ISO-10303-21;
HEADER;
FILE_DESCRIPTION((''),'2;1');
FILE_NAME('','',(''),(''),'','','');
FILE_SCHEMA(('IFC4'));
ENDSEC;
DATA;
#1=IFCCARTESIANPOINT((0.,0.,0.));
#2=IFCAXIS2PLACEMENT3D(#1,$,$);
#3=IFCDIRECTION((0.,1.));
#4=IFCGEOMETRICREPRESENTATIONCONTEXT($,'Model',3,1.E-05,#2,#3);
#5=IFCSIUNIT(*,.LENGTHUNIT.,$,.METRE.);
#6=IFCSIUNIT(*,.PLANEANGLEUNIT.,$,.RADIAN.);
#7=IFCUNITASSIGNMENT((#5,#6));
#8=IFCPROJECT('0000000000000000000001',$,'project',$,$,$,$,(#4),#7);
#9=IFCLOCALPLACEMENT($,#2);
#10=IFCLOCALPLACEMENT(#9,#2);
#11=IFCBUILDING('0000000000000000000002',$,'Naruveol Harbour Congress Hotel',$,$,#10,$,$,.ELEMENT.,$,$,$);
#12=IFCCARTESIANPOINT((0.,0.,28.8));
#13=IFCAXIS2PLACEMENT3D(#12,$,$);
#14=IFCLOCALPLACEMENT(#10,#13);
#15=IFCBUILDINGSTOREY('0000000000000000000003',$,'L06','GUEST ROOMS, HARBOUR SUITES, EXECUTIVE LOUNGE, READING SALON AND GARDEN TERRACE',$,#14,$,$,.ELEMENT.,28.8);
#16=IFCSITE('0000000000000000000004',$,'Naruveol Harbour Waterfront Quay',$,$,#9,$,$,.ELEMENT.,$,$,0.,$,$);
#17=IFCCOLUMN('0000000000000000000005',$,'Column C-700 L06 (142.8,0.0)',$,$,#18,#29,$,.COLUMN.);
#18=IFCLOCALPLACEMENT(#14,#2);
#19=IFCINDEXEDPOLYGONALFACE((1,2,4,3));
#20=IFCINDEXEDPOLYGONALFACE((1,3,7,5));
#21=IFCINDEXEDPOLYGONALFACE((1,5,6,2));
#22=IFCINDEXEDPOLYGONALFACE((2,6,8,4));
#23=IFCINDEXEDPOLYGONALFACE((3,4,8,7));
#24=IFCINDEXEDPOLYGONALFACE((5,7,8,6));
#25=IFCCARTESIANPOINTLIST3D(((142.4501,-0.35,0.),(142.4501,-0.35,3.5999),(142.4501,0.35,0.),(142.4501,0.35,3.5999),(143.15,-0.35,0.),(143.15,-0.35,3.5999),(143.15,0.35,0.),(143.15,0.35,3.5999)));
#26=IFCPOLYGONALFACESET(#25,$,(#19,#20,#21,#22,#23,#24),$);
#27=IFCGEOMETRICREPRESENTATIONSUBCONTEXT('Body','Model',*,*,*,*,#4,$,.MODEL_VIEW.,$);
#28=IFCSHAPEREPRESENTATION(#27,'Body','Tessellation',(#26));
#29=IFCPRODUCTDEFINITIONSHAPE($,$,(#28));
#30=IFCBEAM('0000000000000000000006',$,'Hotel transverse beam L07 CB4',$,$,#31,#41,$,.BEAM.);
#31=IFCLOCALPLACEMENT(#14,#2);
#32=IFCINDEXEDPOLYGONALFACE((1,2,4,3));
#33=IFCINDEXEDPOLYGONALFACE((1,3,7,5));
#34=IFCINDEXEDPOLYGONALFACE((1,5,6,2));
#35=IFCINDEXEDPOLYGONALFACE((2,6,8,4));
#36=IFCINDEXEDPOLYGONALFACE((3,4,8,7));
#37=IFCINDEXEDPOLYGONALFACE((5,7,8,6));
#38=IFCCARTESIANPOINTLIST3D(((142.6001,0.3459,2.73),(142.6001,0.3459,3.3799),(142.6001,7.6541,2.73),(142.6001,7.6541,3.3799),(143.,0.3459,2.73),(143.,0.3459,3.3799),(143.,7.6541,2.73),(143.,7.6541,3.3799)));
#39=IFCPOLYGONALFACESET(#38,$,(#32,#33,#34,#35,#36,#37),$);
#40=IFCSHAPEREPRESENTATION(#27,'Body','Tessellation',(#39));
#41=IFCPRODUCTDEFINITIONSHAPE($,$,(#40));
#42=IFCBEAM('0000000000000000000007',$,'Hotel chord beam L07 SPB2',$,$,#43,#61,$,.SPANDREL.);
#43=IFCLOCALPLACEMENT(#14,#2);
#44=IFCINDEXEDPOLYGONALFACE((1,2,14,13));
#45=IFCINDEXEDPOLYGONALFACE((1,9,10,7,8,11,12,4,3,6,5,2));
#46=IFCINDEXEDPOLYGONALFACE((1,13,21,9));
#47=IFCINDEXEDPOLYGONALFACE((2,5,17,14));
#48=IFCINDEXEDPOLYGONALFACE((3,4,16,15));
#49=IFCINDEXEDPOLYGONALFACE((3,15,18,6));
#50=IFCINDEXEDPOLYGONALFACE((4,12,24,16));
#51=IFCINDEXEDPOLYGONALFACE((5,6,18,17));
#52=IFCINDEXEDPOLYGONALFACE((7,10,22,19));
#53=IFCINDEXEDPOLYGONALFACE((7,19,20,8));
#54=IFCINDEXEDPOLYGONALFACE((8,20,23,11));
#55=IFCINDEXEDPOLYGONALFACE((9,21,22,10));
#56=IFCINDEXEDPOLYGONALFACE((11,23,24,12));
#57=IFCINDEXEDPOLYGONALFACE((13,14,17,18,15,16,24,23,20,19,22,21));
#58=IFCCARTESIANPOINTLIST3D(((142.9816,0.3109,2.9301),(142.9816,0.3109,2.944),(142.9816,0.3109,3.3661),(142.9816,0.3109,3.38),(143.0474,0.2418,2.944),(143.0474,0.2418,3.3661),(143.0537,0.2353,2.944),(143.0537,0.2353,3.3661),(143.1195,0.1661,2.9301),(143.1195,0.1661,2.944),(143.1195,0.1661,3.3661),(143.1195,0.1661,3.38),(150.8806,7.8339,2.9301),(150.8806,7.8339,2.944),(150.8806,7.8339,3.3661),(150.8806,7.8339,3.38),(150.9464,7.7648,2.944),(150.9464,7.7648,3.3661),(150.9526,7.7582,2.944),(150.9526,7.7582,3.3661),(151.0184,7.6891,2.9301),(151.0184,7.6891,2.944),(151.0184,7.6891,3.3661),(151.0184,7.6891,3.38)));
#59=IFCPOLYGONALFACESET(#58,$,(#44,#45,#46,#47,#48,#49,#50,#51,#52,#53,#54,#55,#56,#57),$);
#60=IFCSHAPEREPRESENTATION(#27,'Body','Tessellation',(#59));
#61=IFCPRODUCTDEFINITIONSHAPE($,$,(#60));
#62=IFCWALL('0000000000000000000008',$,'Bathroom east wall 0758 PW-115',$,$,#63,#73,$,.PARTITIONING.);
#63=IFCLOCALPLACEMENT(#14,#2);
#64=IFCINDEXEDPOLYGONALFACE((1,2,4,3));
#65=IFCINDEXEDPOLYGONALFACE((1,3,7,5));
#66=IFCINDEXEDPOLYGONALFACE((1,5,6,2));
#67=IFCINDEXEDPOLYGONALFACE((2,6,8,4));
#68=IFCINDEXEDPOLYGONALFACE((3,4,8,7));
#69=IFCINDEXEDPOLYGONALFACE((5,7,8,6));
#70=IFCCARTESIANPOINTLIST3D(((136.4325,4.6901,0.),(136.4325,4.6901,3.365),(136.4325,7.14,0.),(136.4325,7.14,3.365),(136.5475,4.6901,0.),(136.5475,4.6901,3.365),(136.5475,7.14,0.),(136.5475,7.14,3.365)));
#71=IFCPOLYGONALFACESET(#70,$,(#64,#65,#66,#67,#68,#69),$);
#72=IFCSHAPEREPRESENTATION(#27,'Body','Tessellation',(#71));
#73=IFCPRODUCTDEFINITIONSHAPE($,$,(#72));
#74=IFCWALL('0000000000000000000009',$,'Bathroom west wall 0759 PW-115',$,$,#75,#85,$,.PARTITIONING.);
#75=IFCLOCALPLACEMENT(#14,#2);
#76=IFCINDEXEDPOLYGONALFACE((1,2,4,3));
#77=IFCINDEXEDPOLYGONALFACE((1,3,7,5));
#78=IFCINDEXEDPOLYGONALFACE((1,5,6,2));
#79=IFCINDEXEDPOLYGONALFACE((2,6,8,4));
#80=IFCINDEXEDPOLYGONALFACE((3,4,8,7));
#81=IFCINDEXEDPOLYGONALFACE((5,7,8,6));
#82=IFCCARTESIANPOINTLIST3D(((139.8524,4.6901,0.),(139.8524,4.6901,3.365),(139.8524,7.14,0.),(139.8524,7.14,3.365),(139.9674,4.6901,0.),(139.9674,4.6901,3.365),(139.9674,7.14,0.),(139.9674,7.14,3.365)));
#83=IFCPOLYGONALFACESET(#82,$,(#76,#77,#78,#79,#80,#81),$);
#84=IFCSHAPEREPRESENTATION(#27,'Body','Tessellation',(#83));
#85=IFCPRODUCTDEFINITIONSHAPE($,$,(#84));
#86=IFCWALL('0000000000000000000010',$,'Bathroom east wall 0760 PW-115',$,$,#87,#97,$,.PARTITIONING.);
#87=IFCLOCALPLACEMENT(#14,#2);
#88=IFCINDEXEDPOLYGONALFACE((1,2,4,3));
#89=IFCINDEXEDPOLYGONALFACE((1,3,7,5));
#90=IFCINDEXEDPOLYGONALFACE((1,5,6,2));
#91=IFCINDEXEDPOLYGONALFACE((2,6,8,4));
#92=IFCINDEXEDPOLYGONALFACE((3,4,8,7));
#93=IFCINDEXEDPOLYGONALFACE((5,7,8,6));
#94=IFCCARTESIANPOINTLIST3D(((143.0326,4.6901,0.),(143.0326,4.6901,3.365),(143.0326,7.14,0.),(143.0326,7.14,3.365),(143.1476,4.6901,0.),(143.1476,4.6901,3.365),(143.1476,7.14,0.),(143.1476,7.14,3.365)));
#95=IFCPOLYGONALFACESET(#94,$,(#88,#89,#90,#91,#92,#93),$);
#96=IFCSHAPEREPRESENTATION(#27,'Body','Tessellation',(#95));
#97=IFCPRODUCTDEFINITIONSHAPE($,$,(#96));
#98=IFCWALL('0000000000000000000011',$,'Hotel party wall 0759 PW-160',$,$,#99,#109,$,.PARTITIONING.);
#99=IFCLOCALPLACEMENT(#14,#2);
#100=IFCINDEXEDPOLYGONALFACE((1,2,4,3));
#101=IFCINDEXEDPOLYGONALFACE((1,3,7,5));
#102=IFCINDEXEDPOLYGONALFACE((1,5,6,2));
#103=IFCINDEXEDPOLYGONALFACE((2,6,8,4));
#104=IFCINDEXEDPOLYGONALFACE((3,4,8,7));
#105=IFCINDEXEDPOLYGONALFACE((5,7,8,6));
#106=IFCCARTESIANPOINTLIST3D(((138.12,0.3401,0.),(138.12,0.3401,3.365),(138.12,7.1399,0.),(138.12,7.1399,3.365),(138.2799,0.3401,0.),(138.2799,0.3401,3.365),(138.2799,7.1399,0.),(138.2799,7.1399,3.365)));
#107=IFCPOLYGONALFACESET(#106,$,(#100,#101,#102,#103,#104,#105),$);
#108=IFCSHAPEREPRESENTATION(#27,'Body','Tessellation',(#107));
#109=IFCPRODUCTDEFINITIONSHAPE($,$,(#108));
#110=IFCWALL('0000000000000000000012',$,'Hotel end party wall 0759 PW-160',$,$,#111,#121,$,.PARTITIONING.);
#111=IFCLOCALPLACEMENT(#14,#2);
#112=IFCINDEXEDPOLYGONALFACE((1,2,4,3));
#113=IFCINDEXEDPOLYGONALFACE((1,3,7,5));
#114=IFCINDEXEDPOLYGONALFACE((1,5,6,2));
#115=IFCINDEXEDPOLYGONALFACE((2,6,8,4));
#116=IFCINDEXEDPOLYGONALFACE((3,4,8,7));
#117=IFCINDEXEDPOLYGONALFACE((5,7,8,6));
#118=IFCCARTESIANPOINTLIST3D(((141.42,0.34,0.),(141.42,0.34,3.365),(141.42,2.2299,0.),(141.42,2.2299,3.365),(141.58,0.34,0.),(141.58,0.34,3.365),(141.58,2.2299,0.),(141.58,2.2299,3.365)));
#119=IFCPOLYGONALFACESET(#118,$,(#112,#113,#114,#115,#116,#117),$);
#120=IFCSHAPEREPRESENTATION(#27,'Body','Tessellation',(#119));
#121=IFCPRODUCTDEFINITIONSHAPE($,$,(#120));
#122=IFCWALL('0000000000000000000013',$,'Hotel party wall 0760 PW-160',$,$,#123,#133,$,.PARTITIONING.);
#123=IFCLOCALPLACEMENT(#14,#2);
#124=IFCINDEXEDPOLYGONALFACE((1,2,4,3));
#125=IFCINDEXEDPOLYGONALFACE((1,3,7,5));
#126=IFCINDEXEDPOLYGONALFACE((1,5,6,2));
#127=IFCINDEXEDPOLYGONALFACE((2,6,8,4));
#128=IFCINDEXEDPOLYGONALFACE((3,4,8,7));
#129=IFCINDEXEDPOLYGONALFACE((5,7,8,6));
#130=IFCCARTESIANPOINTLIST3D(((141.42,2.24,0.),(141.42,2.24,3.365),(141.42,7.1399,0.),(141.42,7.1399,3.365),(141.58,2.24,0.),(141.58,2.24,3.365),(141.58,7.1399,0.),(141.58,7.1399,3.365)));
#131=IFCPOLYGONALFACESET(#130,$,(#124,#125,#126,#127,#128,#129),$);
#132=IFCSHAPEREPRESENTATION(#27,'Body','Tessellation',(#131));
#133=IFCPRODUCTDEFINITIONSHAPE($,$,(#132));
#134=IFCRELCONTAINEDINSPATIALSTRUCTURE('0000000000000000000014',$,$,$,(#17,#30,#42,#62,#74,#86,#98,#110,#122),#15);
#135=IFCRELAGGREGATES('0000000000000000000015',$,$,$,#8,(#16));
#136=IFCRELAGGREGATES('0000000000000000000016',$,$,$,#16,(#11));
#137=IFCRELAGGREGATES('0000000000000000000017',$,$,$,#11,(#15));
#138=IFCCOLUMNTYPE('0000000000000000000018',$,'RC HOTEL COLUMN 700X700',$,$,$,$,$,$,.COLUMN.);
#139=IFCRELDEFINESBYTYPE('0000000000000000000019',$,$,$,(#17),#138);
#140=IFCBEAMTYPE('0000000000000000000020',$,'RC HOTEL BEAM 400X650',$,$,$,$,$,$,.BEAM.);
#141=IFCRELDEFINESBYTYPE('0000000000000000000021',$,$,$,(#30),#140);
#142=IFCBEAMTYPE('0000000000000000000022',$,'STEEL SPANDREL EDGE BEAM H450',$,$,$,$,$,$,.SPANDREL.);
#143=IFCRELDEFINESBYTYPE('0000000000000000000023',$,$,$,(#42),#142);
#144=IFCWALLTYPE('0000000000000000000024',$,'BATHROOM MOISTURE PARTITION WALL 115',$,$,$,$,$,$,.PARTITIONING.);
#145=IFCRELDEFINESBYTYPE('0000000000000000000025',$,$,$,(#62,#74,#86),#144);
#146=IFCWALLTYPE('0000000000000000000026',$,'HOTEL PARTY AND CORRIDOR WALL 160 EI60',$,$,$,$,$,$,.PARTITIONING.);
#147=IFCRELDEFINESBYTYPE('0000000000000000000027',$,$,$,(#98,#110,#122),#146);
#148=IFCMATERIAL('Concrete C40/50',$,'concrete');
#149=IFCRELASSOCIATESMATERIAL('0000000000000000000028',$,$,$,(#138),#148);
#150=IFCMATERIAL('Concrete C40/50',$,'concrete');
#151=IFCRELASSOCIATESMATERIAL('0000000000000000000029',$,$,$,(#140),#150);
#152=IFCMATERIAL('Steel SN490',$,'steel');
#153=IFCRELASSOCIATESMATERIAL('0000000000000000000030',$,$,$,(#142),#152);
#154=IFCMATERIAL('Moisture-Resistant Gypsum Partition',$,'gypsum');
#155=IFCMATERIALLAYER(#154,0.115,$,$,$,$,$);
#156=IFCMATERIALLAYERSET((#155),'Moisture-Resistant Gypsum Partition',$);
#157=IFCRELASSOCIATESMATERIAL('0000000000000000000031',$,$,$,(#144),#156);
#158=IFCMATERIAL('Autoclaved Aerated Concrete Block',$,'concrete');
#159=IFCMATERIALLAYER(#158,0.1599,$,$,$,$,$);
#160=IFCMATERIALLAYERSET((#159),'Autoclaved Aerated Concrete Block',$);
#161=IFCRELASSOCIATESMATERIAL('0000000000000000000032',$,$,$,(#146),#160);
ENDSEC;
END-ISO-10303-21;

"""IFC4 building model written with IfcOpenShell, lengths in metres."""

from ifc_helpers import new_model, si_unit, direction, frame, frame_2d, origin, origin_2d, place, context, subcontext, project, spatial, rectangle, i_section, extrude, material, layer, layer_set, material_profile, profile_set, type_object, element, save


model = new_model("IFC4")

# Units and contexts
model_context = context("Model", 3, precision=1e-05, world=origin(), true_north=direction((0.0, 1.0)))
body_context = subcontext(model_context, "Body", "Model", "MODEL_VIEW")
ifc_project = project(units=[si_unit("LENGTHUNIT", "METRE"), si_unit("PLANEANGLEUNIT", "RADIAN")], contexts=[model_context])

# Site, building, storey
site_placement = place(None, origin())
site = spatial("IfcSite", under=ifc_project, at=site_placement, Name="Naruveol Harbour Waterfront Quay", CompositionType="ELEMENT", RefElevation=0.0)
building_placement = place(site_placement, origin())
building = spatial("IfcBuilding", under=site, at=building_placement, Name="Naruveol Harbour Congress Hotel", CompositionType="ELEMENT")
storey_placement = place(building_placement, frame((0.0, 0.0, 28.8)))
storey = spatial("IfcBuildingStorey", under=building, at=storey_placement, Name="L06", Description="GUEST ROOMS, HARBOUR SUITES, EXECUTIVE LOUNGE, READING SALON AND GARDEN TERRACE", CompositionType="ELEMENT", Elevation=28.8)

# Column
ifc_material_1 = material(Name="Concrete C40/50", Category="concrete")
ifc_material_profile_1 = material_profile(ifc_material_1, rectangle(XDim=0.7, YDim=0.7, at=origin_2d()), Name="RC-700x700")
ifc_profile_set_1 = profile_set([ifc_material_profile_1], Name="Concrete C40/50")
column_type = type_object("IfcColumnType", Name="RC HOTEL COLUMN 700X700", PredefinedType="COLUMN", material=ifc_profile_set_1)
column_placement = place(storey_placement, frame((142.8, 0.0, 0.0), z_axis=(0.0, 0.0, 1.0), x_axis=(1.0, 0.0, 0.0)))
element("IfcColumn", 1, at=column_placement, inside=storey, type_object=column_type, Name="Column C-700 L06 (142.8,0.0)", PredefinedType="COLUMN", context=body_context, shape_type="SweptSolid", body=[
    extrude(rectangle(XDim=0.7, YDim=0.7, at=origin_2d()), origin(), (0.0, 0.0, 1.0), 3.5999),
])

# Beams
ifc_material_2 = material(Name="Concrete C40/50", Category="concrete")
ifc_material_profile_2 = material_profile(ifc_material_2, rectangle(XDim=0.3999, YDim=0.6499, at=origin_2d()), Name="RCB-400x650")
ifc_profile_set_2 = profile_set([ifc_material_profile_2], Name="Concrete C40/50")
beam_type_1 = type_object("IfcBeamType", Name="RC HOTEL BEAM 400X650", PredefinedType="BEAM", material=ifc_profile_set_2)
beam_1_placement = place(storey_placement, frame((142.8, 0.3459, 3.0549), z_axis=(0.0, 1.0, 0.0), x_axis=(-1.0, 0.0, 0.0)))
element("IfcBeam", 2, at=beam_1_placement, inside=storey, type_object=beam_type_1, Name="Hotel transverse beam L07 CB4", PredefinedType="BEAM", context=body_context, shape_type="SweptSolid", body=[
    extrude(rectangle(XDim=0.3999, YDim=0.6499, at=origin_2d()), origin(), (0.0, 0.0, 1.0), 7.3081),
])
ifc_material_3 = material(Name="Steel SN490", Category="steel")
ifc_material_profile_3 = material_profile(ifc_material_3, i_section(OverallWidth=0.2, OverallDepth=0.45, WebThickness=0.009, FlangeThickness=0.0139, at=origin_2d()), Name="H-450x200x9x14")
ifc_profile_set_3 = profile_set([ifc_material_profile_3], Name="Steel SN490")
beam_type_2 = type_object("IfcBeamType", Name="STEEL SPANDREL EDGE BEAM H450", PredefinedType="SPANDREL", material=ifc_profile_set_3)
beam_2_placement = place(storey_placement, frame((143.0505, 0.2385, 3.155), z_axis=(0.72413, 0.689663, 0.0), x_axis=(-0.689663, 0.72413, 0.0)))
element("IfcBeam", 3, at=beam_2_placement, inside=storey, type_object=beam_type_2, Name="Hotel chord beam L07 SPB2", PredefinedType="SPANDREL", context=body_context, shape_type="SweptSolid", body=[
    extrude(i_section(OverallWidth=0.2, OverallDepth=0.45, WebThickness=0.009, FlangeThickness=0.0139, at=origin_2d()), origin(), (0.0, 0.0, 1.0), 10.9082),
])

# Wall
ifc_material_4 = material(Name="Moisture-Resistant Gypsum Partition", Category="gypsum")
ifc_layer_1 = layer(ifc_material_4, 0.115)
ifc_layer_set_1 = layer_set([ifc_layer_1], Name="Moisture-Resistant Gypsum Partition")
wall_type_1 = type_object("IfcWallType", Name="BATHROOM MOISTURE PARTITION WALL 115", PredefinedType="PARTITIONING", material=ifc_layer_set_1)
wall_1_placement = place(storey_placement, frame((136.49, 4.6899, 0.0), z_axis=(0.0, 0.0, 1.0), x_axis=(0.0, 1.0, 0.0)))
element("IfcWall", 4, at=wall_1_placement, inside=storey, type_object=wall_type_1, Name="Bathroom east wall 0758 PW-115", PredefinedType="PARTITIONING", context=body_context, shape_type="SweptSolid", body=[
    extrude(rectangle(XDim=2.45, YDim=0.115, at=frame_2d((1.2251, 0.0))), origin(), (0.0, 0.0, 1.0), 3.365),
])

# Wall
wall_2_placement = place(storey_placement, frame((139.9099, 4.6899, 0.0), z_axis=(0.0, 0.0, 1.0), x_axis=(0.0, 1.0, 0.0)))
element("IfcWall", 5, at=wall_2_placement, inside=storey, type_object=wall_type_1, Name="Bathroom west wall 0759 PW-115", PredefinedType="PARTITIONING", context=body_context, shape_type="SweptSolid", body=[
    extrude(rectangle(XDim=2.45, YDim=0.115, at=frame_2d((1.2251, 0.0))), origin(), (0.0, 0.0, 1.0), 3.365),
])

# Wall
wall_3_placement = place(storey_placement, frame((143.0901, 4.6899, 0.0), z_axis=(0.0, 0.0, 1.0), x_axis=(0.0, 1.0, 0.0)))
element("IfcWall", 6, at=wall_3_placement, inside=storey, type_object=wall_type_1, Name="Bathroom east wall 0760 PW-115", PredefinedType="PARTITIONING", context=body_context, shape_type="SweptSolid", body=[
    extrude(rectangle(XDim=2.45, YDim=0.115, at=frame_2d((1.2251, 0.0))), origin(), (0.0, 0.0, 1.0), 3.365),
])

# Walls
ifc_material_5 = material(Name="Autoclaved Aerated Concrete Block", Category="concrete")
ifc_layer_2 = layer(ifc_material_5, 0.1599)
ifc_layer_set_2 = layer_set([ifc_layer_2], Name="Autoclaved Aerated Concrete Block")
wall_type_2 = type_object("IfcWallType", Name="HOTEL PARTY AND CORRIDOR WALL 160 EI60", PredefinedType="PARTITIONING", material=ifc_layer_set_2)
wall_4_placement = place(storey_placement, frame((138.2, 0.3401, 0.0), z_axis=(0.0, 0.0, 1.0), x_axis=(0.0, 1.0, 0.0)))
element("IfcWall", 7, at=wall_4_placement, inside=storey, type_object=wall_type_2, Name="Hotel party wall 0759 PW-160", PredefinedType="PARTITIONING", context=body_context, shape_type="SweptSolid", body=[
    extrude(rectangle(XDim=6.7998, YDim=0.1599, at=frame_2d((3.3999, 0.0))), origin(), (0.0, 0.0, 1.0), 3.365),
])
wall_5_placement = place(storey_placement, frame((141.5, 0.3401, 0.0), z_axis=(0.0, 0.0, 1.0), x_axis=(0.0, 1.0, 0.0)))
element("IfcWall", 8, at=wall_5_placement, inside=storey, type_object=wall_type_2, Name="Hotel end party wall 0759 PW-160", PredefinedType="PARTITIONING", context=body_context, shape_type="SweptSolid", body=[
    extrude(rectangle(XDim=1.8899, YDim=0.1599, at=frame_2d((0.9448, 0.0))), origin(), (0.0, 0.0, 1.0), 3.365),
])
wall_6_placement = place(storey_placement, frame((141.5, 2.24, 0.0), z_axis=(0.0, 0.0, 1.0), x_axis=(0.0, 1.0, 0.0)))
element("IfcWall", 9, at=wall_6_placement, inside=storey, type_object=wall_type_2, Name="Hotel party wall 0760 PW-160", PredefinedType="PARTITIONING", context=body_context, shape_type="SweptSolid", body=[
    extrude(rectangle(XDim=4.8999, YDim=0.1599, at=frame_2d((2.45, 0.0))), origin(), (0.0, 0.0, 1.0), 3.365),
])

save(model, "model.ifc")
